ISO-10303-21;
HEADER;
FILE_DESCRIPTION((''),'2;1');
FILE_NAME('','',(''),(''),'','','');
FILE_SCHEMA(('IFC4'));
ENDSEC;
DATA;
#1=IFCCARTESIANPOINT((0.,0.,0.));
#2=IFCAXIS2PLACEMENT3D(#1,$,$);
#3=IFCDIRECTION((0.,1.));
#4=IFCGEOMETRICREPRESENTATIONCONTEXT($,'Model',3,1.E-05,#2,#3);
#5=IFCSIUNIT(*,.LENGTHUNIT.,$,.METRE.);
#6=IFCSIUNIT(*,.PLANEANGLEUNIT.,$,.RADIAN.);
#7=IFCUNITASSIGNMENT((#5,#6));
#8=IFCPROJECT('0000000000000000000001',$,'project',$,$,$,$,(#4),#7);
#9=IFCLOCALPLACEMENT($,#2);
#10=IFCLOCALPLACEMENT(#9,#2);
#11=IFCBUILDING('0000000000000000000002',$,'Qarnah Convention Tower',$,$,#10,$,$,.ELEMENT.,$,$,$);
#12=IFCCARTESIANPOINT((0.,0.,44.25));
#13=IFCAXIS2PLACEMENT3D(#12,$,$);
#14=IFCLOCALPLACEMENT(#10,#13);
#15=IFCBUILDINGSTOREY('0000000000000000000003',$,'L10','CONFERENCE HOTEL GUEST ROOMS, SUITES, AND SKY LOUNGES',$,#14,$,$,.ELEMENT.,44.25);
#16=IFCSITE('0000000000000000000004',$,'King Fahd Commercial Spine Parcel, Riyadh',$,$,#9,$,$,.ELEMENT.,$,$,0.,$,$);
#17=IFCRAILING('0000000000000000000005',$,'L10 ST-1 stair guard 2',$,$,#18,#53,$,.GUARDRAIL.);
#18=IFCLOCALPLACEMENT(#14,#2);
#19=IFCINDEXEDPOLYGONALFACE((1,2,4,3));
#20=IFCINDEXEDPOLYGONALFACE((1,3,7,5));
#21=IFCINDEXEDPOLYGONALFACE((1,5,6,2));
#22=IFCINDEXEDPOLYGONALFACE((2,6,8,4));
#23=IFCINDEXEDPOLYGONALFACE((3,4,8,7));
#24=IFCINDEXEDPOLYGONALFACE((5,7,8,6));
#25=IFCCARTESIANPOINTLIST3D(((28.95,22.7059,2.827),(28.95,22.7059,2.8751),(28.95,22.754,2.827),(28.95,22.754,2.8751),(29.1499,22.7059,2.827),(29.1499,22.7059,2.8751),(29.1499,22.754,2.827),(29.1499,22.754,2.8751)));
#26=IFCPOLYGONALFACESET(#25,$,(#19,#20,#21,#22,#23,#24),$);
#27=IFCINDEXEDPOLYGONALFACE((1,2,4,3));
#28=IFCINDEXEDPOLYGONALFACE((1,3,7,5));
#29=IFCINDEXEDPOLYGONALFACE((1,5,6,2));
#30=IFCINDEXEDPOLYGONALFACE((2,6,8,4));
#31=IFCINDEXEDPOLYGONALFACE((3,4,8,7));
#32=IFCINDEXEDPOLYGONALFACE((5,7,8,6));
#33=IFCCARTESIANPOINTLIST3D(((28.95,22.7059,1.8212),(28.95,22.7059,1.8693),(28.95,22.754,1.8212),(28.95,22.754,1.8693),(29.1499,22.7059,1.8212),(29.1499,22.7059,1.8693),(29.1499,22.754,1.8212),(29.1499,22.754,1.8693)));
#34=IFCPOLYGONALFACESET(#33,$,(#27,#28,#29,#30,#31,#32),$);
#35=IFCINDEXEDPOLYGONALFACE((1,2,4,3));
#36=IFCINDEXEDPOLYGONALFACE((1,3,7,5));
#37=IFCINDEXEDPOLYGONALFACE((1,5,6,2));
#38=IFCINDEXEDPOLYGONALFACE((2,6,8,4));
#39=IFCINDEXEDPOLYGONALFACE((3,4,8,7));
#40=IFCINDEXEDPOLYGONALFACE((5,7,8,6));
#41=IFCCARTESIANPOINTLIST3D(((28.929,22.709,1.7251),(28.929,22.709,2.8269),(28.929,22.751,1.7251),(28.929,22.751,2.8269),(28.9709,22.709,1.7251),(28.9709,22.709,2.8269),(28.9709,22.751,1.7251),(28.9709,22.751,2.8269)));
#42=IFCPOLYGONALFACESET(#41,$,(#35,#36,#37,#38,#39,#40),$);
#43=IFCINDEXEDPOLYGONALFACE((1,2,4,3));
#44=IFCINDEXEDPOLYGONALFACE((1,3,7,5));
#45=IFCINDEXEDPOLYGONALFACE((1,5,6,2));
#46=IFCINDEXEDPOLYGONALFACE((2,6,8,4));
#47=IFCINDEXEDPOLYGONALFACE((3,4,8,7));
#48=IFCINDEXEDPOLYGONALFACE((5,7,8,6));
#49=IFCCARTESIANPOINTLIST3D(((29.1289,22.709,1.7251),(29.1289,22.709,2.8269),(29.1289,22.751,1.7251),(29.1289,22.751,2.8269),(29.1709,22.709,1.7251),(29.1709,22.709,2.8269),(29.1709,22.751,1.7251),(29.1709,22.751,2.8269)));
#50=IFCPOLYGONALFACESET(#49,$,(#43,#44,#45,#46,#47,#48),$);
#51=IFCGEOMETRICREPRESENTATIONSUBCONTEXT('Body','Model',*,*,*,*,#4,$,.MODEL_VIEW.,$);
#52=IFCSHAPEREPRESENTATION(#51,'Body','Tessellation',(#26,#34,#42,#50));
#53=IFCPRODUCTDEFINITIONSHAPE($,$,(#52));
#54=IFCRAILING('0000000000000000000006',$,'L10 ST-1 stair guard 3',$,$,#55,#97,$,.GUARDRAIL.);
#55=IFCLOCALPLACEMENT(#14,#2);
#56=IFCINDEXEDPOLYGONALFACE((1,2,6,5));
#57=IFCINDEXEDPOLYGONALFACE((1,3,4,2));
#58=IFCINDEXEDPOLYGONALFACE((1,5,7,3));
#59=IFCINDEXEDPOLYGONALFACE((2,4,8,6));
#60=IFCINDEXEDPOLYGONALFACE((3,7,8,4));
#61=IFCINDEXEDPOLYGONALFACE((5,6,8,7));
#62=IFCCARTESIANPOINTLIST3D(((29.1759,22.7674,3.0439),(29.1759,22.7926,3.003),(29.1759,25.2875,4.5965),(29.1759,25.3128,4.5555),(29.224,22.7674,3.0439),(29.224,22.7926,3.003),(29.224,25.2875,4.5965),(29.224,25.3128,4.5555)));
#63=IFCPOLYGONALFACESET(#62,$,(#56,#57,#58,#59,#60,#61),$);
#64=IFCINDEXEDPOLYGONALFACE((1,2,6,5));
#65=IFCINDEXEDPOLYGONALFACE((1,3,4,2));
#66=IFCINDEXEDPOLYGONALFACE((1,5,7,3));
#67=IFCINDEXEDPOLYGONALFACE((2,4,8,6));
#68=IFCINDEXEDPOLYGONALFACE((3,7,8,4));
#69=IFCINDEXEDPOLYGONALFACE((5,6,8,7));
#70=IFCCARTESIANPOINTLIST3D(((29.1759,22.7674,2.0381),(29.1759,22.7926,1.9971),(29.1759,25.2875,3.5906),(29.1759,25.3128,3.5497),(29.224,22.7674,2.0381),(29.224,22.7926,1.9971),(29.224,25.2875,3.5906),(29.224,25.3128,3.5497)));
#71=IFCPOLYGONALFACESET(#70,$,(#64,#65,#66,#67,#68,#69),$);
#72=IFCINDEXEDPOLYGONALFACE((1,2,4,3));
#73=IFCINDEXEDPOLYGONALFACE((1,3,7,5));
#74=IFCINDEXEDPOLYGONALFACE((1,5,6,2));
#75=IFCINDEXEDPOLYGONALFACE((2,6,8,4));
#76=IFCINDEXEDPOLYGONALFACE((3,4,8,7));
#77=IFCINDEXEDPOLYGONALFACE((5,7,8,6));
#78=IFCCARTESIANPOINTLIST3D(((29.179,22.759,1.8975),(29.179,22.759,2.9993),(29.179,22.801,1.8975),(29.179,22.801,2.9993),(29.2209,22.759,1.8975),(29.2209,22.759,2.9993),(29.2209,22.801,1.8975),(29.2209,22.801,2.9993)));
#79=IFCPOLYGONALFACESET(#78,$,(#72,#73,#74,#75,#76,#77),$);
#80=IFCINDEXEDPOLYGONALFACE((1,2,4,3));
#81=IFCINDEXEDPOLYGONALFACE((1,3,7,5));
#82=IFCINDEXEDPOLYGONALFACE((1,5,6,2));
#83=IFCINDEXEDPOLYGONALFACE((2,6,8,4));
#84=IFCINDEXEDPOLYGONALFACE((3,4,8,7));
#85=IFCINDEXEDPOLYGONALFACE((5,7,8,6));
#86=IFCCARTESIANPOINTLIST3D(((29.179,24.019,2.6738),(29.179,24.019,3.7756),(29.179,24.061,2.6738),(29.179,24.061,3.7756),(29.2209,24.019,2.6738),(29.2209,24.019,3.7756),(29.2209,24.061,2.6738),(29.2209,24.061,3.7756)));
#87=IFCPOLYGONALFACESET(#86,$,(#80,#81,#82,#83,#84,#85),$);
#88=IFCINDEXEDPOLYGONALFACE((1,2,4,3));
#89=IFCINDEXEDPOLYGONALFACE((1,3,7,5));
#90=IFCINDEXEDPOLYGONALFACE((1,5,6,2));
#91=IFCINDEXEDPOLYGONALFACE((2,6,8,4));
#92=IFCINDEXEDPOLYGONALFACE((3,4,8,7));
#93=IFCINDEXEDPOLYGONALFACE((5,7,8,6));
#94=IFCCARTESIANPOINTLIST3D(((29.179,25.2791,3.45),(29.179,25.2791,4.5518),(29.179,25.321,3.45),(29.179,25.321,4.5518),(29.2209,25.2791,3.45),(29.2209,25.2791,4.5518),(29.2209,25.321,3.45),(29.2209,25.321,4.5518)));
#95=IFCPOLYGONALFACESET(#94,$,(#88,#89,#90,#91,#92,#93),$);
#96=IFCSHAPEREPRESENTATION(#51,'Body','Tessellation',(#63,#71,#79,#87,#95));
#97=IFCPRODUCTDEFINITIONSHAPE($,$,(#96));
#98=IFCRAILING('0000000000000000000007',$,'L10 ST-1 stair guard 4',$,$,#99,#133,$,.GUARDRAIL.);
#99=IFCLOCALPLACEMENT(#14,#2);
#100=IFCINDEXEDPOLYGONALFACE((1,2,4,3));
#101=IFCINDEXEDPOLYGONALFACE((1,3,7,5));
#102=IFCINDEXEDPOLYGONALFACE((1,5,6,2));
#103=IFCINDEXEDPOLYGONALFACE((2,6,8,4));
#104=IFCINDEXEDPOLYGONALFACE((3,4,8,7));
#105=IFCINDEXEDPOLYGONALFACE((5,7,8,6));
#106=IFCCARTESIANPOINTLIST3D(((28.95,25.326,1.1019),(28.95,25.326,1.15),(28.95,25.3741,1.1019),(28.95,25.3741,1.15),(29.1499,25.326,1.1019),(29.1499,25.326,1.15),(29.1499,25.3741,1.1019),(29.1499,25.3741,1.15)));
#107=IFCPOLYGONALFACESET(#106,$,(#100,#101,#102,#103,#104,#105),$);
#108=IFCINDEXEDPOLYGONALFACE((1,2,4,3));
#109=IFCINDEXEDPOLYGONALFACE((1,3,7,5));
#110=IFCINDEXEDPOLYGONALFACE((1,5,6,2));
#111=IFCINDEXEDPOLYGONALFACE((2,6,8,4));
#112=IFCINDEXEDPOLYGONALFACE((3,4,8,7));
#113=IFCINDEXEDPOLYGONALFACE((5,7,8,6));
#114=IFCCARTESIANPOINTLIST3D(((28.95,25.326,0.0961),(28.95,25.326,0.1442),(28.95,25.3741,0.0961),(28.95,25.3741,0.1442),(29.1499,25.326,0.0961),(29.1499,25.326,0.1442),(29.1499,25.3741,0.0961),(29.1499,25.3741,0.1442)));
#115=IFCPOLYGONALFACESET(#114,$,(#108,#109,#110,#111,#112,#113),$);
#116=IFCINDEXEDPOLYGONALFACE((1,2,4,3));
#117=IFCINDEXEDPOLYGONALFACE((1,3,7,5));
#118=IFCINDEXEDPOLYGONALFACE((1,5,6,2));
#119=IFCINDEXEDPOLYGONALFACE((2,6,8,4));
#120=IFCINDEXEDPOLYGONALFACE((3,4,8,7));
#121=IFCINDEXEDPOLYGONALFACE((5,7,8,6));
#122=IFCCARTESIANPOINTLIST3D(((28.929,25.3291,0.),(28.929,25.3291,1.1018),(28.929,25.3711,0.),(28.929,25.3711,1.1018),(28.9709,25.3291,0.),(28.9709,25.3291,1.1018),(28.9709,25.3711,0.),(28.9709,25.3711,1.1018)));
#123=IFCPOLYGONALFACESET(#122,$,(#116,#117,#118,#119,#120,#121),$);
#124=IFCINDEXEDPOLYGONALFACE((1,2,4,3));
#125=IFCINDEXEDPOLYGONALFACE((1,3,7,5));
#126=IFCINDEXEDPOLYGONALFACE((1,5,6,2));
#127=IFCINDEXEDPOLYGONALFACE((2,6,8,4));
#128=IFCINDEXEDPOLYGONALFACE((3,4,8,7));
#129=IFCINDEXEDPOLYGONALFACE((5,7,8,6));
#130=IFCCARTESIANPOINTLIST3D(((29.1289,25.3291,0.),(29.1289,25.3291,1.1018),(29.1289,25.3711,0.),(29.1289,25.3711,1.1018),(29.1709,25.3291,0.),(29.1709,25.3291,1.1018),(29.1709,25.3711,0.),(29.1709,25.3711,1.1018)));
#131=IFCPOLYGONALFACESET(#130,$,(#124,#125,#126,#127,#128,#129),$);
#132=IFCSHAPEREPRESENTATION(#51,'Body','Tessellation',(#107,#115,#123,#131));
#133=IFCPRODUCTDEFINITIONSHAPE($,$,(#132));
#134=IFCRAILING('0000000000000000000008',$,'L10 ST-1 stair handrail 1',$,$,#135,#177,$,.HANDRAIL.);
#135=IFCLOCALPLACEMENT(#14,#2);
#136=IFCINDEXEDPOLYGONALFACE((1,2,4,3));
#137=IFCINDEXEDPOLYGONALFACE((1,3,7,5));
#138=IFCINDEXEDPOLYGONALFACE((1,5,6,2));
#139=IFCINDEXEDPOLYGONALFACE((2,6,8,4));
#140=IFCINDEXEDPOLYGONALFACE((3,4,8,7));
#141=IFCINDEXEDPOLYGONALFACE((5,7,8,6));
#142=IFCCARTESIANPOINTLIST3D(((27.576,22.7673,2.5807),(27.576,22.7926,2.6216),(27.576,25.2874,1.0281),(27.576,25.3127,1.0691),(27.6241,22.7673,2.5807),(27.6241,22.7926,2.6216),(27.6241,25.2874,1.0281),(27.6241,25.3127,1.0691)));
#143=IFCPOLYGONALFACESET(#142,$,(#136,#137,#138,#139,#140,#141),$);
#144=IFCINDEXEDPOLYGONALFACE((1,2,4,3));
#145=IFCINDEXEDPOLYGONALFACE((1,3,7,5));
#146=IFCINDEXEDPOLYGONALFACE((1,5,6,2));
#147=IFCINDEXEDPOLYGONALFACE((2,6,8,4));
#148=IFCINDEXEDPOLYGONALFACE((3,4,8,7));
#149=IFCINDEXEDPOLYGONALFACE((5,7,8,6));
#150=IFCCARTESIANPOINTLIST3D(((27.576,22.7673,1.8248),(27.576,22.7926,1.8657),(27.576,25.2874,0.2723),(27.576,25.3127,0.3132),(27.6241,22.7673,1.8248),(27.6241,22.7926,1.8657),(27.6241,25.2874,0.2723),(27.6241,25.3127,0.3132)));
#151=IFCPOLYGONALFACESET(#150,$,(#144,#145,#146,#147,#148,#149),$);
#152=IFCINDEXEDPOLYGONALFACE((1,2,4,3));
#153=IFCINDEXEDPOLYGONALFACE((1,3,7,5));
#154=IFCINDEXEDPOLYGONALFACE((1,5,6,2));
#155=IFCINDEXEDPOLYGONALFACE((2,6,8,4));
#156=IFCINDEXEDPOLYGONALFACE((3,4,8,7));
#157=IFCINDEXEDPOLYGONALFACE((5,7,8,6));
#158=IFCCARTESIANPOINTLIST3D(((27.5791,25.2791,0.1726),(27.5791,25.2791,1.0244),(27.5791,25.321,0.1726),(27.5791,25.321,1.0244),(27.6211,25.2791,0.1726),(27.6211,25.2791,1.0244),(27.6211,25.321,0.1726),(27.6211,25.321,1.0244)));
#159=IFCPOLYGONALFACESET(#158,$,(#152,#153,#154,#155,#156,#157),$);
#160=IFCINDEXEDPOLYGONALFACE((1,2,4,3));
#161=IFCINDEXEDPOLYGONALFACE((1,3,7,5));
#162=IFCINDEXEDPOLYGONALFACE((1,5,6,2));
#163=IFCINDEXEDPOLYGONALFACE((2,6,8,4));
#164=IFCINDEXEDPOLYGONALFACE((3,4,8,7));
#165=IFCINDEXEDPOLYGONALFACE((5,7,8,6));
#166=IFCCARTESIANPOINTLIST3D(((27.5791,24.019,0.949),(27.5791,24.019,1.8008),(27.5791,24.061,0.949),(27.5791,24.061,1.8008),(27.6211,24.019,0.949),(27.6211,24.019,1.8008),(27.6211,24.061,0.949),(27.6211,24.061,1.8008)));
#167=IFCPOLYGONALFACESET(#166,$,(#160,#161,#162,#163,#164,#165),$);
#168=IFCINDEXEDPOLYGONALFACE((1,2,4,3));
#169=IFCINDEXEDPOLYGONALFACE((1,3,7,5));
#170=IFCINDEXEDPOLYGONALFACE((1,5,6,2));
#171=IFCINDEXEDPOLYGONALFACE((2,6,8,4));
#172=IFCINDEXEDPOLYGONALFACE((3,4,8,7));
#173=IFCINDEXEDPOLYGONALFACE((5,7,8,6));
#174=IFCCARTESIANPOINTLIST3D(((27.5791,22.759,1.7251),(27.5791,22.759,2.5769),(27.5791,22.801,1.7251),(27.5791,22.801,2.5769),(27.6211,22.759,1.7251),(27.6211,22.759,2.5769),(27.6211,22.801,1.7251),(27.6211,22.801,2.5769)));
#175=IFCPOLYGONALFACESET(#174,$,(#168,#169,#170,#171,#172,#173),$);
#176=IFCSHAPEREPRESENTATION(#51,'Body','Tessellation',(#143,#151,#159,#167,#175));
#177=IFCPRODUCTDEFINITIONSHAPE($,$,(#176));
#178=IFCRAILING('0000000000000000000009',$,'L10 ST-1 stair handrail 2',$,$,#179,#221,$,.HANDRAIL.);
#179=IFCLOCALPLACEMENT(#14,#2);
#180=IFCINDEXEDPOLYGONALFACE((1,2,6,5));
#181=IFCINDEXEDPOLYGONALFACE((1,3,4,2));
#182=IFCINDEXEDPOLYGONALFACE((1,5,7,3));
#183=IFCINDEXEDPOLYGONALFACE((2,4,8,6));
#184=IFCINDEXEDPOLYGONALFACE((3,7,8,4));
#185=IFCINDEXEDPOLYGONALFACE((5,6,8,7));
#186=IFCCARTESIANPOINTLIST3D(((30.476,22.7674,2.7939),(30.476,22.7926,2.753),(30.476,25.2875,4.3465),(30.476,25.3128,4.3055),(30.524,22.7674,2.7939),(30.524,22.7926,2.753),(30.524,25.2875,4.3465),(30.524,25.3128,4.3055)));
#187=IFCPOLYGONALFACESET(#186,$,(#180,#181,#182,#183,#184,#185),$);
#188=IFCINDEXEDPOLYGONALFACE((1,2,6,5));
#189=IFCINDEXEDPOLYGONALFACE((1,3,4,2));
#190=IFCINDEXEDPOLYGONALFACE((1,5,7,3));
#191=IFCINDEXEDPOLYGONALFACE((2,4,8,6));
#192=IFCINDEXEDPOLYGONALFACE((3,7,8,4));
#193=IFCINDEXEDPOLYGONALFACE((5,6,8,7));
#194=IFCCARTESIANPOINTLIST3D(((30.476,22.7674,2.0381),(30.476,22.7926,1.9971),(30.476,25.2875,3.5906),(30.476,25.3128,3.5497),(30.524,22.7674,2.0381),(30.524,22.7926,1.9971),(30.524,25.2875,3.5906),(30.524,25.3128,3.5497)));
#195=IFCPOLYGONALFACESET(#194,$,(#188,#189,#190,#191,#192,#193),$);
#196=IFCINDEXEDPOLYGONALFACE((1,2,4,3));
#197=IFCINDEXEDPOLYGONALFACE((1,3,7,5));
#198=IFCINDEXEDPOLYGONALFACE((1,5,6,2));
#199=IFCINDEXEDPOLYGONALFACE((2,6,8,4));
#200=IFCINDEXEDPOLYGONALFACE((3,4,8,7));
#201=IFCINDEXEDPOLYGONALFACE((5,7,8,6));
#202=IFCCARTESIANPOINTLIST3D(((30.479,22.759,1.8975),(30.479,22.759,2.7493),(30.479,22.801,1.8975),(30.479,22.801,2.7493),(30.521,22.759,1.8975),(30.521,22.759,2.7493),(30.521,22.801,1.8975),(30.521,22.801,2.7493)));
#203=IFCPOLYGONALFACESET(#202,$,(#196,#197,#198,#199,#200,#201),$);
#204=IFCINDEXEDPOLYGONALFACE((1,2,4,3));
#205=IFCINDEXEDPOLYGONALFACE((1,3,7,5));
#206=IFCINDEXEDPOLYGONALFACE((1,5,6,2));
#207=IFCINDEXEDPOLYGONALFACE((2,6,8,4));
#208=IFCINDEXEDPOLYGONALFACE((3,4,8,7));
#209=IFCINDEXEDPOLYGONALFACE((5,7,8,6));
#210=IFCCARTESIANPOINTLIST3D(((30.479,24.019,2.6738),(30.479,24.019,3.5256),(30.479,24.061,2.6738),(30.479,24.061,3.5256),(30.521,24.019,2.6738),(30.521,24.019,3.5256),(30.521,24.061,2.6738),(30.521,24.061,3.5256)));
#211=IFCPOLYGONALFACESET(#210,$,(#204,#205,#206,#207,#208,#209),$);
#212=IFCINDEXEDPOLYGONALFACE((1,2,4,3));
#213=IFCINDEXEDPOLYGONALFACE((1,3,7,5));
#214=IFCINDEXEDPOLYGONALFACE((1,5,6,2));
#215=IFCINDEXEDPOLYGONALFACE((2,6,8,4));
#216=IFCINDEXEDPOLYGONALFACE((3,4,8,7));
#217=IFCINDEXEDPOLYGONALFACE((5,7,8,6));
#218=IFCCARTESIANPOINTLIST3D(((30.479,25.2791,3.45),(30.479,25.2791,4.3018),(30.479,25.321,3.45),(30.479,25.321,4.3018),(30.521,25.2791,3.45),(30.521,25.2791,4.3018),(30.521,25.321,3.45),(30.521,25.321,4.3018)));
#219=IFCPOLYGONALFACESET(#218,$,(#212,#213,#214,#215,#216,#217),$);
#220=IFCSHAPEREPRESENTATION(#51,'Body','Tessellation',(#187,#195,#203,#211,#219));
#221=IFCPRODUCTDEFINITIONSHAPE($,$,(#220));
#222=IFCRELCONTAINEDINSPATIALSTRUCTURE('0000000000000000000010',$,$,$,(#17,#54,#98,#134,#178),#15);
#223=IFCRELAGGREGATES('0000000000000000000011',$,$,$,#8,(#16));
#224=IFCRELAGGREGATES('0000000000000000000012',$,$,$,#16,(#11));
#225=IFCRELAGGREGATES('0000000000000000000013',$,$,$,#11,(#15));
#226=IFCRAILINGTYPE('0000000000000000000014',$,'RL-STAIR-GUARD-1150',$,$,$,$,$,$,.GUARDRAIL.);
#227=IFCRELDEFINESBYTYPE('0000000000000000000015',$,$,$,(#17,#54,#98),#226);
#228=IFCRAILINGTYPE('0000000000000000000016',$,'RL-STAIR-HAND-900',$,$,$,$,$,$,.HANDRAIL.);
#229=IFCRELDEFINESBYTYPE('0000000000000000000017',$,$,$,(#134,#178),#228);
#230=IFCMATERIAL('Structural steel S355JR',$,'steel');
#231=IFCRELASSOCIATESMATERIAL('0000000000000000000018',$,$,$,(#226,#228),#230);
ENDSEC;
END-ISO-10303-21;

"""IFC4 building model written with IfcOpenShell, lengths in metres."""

from ifc_helpers import new_model, si_unit, direction, frame, origin, origin_2d, place, context, subcontext, project, spatial, rectangle, extrude, material, type_object, element, save


model = new_model("IFC4")

# Units and contexts
model_context = context("Model", 3, precision=1e-05, world=origin(), true_north=direction((0.0, 1.0)))
body_context = subcontext(model_context, "Body", "Model", "MODEL_VIEW")
ifc_project = project(units=[si_unit("LENGTHUNIT", "METRE"), si_unit("PLANEANGLEUNIT", "RADIAN")], contexts=[model_context])

# Site, building, storey
site_placement = place(None, origin())
site = spatial("IfcSite", under=ifc_project, at=site_placement, Name="King Fahd Commercial Spine Parcel, Riyadh", CompositionType="ELEMENT", RefElevation=0.0)
building_placement = place(site_placement, origin())
building = spatial("IfcBuilding", under=site, at=building_placement, Name="Qarnah Convention Tower", CompositionType="ELEMENT")
storey_placement = place(building_placement, frame((0.0, 0.0, 44.25)))
storey = spatial("IfcBuildingStorey", under=building, at=storey_placement, Name="L10", Description="CONFERENCE HOTEL GUEST ROOMS, SUITES, AND SKY LOUNGES", CompositionType="ELEMENT", Elevation=44.25)

# Shared definitions
ifc_material_1 = material(Name="Structural steel S355JR", Category="steel")

# Railings
railing_type_1 = type_object("IfcRailingType", Name="RL-STAIR-GUARD-1150", PredefinedType="GUARDRAIL", material=ifc_material_1)
railing_1_placement = place(storey_placement, frame((28.95, 22.73, 1.7251)))
element("IfcRailing", 1, at=railing_1_placement, inside=storey, type_object=railing_type_1, Name="L10 ST-1 stair guard 2", PredefinedType="GUARDRAIL", context=body_context, shape_type="SweptSolid", body=[
    extrude(rectangle(XDim=0.0481, YDim=0.0481, at=origin_2d()), frame((0.0, 0.0, 1.126), z_axis=(1.0, 0.0, 0.0), x_axis=(0.0, 1.0, 0.0)), (0.0, 0.0, 1.0), 0.2),
    extrude(rectangle(XDim=0.0481, YDim=0.0481, at=origin_2d()), frame((0.0, 0.0, 0.1201), z_axis=(1.0, 0.0, 0.0), x_axis=(0.0, 1.0, 0.0)), (0.0, 0.0, 1.0), 0.2),
    extrude(rectangle(XDim=0.042, YDim=0.042, at=origin_2d()), origin(), (0.0, 0.0, 1.0), 1.1018),
    extrude(rectangle(XDim=0.042, YDim=0.042, at=origin_2d()), frame((0.2, 0.0, 0.0)), (0.0, 0.0, 1.0), 1.1018),
])
railing_2_placement = place(storey_placement, frame((29.2, 22.78, 1.8975)))
element("IfcRailing", 2, at=railing_2_placement, inside=storey, type_object=railing_type_1, Name="L10 ST-1 stair guard 3", PredefinedType="GUARDRAIL", context=body_context, shape_type="SweptSolid", body=[
    extrude(rectangle(XDim=0.0481, YDim=0.0481, at=origin_2d()), frame((0.0, 0.0, 1.126), z_axis=(0.0, 0.8514, 0.524516), x_axis=(-1.0, 0.0, 0.0)), (0.0, 0.0, 1.0), 2.96),
    extrude(rectangle(XDim=0.0481, YDim=0.0481, at=origin_2d()), frame((0.0, 0.0, 0.1201), z_axis=(0.0, 0.8514, 0.524516), x_axis=(-1.0, 0.0, 0.0)), (0.0, 0.0, 1.0), 2.96),
    extrude(rectangle(XDim=0.042, YDim=0.042, at=origin_2d()), origin(), (0.0, 0.0, 1.0), 1.1018),
    extrude(rectangle(XDim=0.042, YDim=0.042, at=origin_2d()), frame((0.0, 1.26, 0.7764)), (0.0, 0.0, 1.0), 1.1018),
    extrude(rectangle(XDim=0.042, YDim=0.042, at=origin_2d()), frame((0.0, 2.52, 1.5525)), (0.0, 0.0, 1.0), 1.1018),
])
railing_3_placement = place(storey_placement, frame((28.95, 25.3501, 0.0)))
element("IfcRailing", 3, at=railing_3_placement, inside=storey, type_object=railing_type_1, Name="L10 ST-1 stair guard 4", PredefinedType="GUARDRAIL", context=body_context, shape_type="SweptSolid", body=[
    extrude(rectangle(XDim=0.0481, YDim=0.0481, at=origin_2d()), frame((0.0, 0.0, 1.126), z_axis=(1.0, 0.0, 0.0), x_axis=(0.0, 1.0, 0.0)), (0.0, 0.0, 1.0), 0.2),
    extrude(rectangle(XDim=0.0481, YDim=0.0481, at=origin_2d()), frame((0.0, 0.0, 0.1201), z_axis=(1.0, 0.0, 0.0), x_axis=(0.0, 1.0, 0.0)), (0.0, 0.0, 1.0), 0.2),
    extrude(rectangle(XDim=0.042, YDim=0.042, at=origin_2d()), origin(), (0.0, 0.0, 1.0), 1.1018),
    extrude(rectangle(XDim=0.042, YDim=0.042, at=origin_2d()), frame((0.2, 0.0, 0.0)), (0.0, 0.0, 1.0), 1.1018),
])
railing_type_2 = type_object("IfcRailingType", Name="RL-STAIR-HAND-900", PredefinedType="HANDRAIL", material=ifc_material_1)
railing_4_placement = place(storey_placement, frame((27.6001, 25.3, 0.1726)))
element("IfcRailing", 4, at=railing_4_placement, inside=storey, type_object=railing_type_2, Name="L10 ST-1 stair handrail 1", PredefinedType="HANDRAIL", context=body_context, shape_type="SweptSolid", body=[
    extrude(rectangle(XDim=0.0481, YDim=0.0481, at=origin_2d()), frame((0.0, 0.0, 0.876), z_axis=(0.0, -0.8514, 0.524516), x_axis=(1.0, 0.0, 0.0)), (0.0, 0.0, 1.0), 2.96),
    extrude(rectangle(XDim=0.0481, YDim=0.0481, at=origin_2d()), frame((0.0, 0.0, 0.1201), z_axis=(0.0, -0.8514, 0.524516), x_axis=(1.0, 0.0, 0.0)), (0.0, 0.0, 1.0), 2.96),
    extrude(rectangle(XDim=0.042, YDim=0.042, at=origin_2d()), origin(), (0.0, 0.0, 1.0), 0.8518),
    extrude(rectangle(XDim=0.042, YDim=0.042, at=origin_2d()), frame((0.0, -1.26, 0.7764)), (0.0, 0.0, 1.0), 0.8518),
    extrude(rectangle(XDim=0.042, YDim=0.042, at=origin_2d()), frame((0.0, -2.52, 1.5525)), (0.0, 0.0, 1.0), 0.8518),
])
railing_5_placement = place(storey_placement, frame((30.5, 22.78, 1.8975)))
element("IfcRailing", 5, at=railing_5_placement, inside=storey, type_object=railing_type_2, Name="L10 ST-1 stair handrail 2", PredefinedType="HANDRAIL", context=body_context, shape_type="SweptSolid", body=[
    extrude(rectangle(XDim=0.0481, YDim=0.0481, at=origin_2d()), frame((0.0, 0.0, 0.876), z_axis=(0.0, 0.8514, 0.524516), x_axis=(-1.0, 0.0, 0.0)), (0.0, 0.0, 1.0), 2.96),
    extrude(rectangle(XDim=0.0481, YDim=0.0481, at=origin_2d()), frame((0.0, 0.0, 0.1201), z_axis=(0.0, 0.8514, 0.524516), x_axis=(-1.0, 0.0, 0.0)), (0.0, 0.0, 1.0), 2.96),
    extrude(rectangle(XDim=0.042, YDim=0.042, at=origin_2d()), origin(), (0.0, 0.0, 1.0), 0.8518),
    extrude(rectangle(XDim=0.042, YDim=0.042, at=origin_2d()), frame((0.0, 1.26, 0.7764)), (0.0, 0.0, 1.0), 0.8518),
    extrude(rectangle(XDim=0.042, YDim=0.042, at=origin_2d()), frame((0.0, 2.52, 1.5525)), (0.0, 0.0, 1.0), 0.8518),
])

save(model, "model.ifc")
